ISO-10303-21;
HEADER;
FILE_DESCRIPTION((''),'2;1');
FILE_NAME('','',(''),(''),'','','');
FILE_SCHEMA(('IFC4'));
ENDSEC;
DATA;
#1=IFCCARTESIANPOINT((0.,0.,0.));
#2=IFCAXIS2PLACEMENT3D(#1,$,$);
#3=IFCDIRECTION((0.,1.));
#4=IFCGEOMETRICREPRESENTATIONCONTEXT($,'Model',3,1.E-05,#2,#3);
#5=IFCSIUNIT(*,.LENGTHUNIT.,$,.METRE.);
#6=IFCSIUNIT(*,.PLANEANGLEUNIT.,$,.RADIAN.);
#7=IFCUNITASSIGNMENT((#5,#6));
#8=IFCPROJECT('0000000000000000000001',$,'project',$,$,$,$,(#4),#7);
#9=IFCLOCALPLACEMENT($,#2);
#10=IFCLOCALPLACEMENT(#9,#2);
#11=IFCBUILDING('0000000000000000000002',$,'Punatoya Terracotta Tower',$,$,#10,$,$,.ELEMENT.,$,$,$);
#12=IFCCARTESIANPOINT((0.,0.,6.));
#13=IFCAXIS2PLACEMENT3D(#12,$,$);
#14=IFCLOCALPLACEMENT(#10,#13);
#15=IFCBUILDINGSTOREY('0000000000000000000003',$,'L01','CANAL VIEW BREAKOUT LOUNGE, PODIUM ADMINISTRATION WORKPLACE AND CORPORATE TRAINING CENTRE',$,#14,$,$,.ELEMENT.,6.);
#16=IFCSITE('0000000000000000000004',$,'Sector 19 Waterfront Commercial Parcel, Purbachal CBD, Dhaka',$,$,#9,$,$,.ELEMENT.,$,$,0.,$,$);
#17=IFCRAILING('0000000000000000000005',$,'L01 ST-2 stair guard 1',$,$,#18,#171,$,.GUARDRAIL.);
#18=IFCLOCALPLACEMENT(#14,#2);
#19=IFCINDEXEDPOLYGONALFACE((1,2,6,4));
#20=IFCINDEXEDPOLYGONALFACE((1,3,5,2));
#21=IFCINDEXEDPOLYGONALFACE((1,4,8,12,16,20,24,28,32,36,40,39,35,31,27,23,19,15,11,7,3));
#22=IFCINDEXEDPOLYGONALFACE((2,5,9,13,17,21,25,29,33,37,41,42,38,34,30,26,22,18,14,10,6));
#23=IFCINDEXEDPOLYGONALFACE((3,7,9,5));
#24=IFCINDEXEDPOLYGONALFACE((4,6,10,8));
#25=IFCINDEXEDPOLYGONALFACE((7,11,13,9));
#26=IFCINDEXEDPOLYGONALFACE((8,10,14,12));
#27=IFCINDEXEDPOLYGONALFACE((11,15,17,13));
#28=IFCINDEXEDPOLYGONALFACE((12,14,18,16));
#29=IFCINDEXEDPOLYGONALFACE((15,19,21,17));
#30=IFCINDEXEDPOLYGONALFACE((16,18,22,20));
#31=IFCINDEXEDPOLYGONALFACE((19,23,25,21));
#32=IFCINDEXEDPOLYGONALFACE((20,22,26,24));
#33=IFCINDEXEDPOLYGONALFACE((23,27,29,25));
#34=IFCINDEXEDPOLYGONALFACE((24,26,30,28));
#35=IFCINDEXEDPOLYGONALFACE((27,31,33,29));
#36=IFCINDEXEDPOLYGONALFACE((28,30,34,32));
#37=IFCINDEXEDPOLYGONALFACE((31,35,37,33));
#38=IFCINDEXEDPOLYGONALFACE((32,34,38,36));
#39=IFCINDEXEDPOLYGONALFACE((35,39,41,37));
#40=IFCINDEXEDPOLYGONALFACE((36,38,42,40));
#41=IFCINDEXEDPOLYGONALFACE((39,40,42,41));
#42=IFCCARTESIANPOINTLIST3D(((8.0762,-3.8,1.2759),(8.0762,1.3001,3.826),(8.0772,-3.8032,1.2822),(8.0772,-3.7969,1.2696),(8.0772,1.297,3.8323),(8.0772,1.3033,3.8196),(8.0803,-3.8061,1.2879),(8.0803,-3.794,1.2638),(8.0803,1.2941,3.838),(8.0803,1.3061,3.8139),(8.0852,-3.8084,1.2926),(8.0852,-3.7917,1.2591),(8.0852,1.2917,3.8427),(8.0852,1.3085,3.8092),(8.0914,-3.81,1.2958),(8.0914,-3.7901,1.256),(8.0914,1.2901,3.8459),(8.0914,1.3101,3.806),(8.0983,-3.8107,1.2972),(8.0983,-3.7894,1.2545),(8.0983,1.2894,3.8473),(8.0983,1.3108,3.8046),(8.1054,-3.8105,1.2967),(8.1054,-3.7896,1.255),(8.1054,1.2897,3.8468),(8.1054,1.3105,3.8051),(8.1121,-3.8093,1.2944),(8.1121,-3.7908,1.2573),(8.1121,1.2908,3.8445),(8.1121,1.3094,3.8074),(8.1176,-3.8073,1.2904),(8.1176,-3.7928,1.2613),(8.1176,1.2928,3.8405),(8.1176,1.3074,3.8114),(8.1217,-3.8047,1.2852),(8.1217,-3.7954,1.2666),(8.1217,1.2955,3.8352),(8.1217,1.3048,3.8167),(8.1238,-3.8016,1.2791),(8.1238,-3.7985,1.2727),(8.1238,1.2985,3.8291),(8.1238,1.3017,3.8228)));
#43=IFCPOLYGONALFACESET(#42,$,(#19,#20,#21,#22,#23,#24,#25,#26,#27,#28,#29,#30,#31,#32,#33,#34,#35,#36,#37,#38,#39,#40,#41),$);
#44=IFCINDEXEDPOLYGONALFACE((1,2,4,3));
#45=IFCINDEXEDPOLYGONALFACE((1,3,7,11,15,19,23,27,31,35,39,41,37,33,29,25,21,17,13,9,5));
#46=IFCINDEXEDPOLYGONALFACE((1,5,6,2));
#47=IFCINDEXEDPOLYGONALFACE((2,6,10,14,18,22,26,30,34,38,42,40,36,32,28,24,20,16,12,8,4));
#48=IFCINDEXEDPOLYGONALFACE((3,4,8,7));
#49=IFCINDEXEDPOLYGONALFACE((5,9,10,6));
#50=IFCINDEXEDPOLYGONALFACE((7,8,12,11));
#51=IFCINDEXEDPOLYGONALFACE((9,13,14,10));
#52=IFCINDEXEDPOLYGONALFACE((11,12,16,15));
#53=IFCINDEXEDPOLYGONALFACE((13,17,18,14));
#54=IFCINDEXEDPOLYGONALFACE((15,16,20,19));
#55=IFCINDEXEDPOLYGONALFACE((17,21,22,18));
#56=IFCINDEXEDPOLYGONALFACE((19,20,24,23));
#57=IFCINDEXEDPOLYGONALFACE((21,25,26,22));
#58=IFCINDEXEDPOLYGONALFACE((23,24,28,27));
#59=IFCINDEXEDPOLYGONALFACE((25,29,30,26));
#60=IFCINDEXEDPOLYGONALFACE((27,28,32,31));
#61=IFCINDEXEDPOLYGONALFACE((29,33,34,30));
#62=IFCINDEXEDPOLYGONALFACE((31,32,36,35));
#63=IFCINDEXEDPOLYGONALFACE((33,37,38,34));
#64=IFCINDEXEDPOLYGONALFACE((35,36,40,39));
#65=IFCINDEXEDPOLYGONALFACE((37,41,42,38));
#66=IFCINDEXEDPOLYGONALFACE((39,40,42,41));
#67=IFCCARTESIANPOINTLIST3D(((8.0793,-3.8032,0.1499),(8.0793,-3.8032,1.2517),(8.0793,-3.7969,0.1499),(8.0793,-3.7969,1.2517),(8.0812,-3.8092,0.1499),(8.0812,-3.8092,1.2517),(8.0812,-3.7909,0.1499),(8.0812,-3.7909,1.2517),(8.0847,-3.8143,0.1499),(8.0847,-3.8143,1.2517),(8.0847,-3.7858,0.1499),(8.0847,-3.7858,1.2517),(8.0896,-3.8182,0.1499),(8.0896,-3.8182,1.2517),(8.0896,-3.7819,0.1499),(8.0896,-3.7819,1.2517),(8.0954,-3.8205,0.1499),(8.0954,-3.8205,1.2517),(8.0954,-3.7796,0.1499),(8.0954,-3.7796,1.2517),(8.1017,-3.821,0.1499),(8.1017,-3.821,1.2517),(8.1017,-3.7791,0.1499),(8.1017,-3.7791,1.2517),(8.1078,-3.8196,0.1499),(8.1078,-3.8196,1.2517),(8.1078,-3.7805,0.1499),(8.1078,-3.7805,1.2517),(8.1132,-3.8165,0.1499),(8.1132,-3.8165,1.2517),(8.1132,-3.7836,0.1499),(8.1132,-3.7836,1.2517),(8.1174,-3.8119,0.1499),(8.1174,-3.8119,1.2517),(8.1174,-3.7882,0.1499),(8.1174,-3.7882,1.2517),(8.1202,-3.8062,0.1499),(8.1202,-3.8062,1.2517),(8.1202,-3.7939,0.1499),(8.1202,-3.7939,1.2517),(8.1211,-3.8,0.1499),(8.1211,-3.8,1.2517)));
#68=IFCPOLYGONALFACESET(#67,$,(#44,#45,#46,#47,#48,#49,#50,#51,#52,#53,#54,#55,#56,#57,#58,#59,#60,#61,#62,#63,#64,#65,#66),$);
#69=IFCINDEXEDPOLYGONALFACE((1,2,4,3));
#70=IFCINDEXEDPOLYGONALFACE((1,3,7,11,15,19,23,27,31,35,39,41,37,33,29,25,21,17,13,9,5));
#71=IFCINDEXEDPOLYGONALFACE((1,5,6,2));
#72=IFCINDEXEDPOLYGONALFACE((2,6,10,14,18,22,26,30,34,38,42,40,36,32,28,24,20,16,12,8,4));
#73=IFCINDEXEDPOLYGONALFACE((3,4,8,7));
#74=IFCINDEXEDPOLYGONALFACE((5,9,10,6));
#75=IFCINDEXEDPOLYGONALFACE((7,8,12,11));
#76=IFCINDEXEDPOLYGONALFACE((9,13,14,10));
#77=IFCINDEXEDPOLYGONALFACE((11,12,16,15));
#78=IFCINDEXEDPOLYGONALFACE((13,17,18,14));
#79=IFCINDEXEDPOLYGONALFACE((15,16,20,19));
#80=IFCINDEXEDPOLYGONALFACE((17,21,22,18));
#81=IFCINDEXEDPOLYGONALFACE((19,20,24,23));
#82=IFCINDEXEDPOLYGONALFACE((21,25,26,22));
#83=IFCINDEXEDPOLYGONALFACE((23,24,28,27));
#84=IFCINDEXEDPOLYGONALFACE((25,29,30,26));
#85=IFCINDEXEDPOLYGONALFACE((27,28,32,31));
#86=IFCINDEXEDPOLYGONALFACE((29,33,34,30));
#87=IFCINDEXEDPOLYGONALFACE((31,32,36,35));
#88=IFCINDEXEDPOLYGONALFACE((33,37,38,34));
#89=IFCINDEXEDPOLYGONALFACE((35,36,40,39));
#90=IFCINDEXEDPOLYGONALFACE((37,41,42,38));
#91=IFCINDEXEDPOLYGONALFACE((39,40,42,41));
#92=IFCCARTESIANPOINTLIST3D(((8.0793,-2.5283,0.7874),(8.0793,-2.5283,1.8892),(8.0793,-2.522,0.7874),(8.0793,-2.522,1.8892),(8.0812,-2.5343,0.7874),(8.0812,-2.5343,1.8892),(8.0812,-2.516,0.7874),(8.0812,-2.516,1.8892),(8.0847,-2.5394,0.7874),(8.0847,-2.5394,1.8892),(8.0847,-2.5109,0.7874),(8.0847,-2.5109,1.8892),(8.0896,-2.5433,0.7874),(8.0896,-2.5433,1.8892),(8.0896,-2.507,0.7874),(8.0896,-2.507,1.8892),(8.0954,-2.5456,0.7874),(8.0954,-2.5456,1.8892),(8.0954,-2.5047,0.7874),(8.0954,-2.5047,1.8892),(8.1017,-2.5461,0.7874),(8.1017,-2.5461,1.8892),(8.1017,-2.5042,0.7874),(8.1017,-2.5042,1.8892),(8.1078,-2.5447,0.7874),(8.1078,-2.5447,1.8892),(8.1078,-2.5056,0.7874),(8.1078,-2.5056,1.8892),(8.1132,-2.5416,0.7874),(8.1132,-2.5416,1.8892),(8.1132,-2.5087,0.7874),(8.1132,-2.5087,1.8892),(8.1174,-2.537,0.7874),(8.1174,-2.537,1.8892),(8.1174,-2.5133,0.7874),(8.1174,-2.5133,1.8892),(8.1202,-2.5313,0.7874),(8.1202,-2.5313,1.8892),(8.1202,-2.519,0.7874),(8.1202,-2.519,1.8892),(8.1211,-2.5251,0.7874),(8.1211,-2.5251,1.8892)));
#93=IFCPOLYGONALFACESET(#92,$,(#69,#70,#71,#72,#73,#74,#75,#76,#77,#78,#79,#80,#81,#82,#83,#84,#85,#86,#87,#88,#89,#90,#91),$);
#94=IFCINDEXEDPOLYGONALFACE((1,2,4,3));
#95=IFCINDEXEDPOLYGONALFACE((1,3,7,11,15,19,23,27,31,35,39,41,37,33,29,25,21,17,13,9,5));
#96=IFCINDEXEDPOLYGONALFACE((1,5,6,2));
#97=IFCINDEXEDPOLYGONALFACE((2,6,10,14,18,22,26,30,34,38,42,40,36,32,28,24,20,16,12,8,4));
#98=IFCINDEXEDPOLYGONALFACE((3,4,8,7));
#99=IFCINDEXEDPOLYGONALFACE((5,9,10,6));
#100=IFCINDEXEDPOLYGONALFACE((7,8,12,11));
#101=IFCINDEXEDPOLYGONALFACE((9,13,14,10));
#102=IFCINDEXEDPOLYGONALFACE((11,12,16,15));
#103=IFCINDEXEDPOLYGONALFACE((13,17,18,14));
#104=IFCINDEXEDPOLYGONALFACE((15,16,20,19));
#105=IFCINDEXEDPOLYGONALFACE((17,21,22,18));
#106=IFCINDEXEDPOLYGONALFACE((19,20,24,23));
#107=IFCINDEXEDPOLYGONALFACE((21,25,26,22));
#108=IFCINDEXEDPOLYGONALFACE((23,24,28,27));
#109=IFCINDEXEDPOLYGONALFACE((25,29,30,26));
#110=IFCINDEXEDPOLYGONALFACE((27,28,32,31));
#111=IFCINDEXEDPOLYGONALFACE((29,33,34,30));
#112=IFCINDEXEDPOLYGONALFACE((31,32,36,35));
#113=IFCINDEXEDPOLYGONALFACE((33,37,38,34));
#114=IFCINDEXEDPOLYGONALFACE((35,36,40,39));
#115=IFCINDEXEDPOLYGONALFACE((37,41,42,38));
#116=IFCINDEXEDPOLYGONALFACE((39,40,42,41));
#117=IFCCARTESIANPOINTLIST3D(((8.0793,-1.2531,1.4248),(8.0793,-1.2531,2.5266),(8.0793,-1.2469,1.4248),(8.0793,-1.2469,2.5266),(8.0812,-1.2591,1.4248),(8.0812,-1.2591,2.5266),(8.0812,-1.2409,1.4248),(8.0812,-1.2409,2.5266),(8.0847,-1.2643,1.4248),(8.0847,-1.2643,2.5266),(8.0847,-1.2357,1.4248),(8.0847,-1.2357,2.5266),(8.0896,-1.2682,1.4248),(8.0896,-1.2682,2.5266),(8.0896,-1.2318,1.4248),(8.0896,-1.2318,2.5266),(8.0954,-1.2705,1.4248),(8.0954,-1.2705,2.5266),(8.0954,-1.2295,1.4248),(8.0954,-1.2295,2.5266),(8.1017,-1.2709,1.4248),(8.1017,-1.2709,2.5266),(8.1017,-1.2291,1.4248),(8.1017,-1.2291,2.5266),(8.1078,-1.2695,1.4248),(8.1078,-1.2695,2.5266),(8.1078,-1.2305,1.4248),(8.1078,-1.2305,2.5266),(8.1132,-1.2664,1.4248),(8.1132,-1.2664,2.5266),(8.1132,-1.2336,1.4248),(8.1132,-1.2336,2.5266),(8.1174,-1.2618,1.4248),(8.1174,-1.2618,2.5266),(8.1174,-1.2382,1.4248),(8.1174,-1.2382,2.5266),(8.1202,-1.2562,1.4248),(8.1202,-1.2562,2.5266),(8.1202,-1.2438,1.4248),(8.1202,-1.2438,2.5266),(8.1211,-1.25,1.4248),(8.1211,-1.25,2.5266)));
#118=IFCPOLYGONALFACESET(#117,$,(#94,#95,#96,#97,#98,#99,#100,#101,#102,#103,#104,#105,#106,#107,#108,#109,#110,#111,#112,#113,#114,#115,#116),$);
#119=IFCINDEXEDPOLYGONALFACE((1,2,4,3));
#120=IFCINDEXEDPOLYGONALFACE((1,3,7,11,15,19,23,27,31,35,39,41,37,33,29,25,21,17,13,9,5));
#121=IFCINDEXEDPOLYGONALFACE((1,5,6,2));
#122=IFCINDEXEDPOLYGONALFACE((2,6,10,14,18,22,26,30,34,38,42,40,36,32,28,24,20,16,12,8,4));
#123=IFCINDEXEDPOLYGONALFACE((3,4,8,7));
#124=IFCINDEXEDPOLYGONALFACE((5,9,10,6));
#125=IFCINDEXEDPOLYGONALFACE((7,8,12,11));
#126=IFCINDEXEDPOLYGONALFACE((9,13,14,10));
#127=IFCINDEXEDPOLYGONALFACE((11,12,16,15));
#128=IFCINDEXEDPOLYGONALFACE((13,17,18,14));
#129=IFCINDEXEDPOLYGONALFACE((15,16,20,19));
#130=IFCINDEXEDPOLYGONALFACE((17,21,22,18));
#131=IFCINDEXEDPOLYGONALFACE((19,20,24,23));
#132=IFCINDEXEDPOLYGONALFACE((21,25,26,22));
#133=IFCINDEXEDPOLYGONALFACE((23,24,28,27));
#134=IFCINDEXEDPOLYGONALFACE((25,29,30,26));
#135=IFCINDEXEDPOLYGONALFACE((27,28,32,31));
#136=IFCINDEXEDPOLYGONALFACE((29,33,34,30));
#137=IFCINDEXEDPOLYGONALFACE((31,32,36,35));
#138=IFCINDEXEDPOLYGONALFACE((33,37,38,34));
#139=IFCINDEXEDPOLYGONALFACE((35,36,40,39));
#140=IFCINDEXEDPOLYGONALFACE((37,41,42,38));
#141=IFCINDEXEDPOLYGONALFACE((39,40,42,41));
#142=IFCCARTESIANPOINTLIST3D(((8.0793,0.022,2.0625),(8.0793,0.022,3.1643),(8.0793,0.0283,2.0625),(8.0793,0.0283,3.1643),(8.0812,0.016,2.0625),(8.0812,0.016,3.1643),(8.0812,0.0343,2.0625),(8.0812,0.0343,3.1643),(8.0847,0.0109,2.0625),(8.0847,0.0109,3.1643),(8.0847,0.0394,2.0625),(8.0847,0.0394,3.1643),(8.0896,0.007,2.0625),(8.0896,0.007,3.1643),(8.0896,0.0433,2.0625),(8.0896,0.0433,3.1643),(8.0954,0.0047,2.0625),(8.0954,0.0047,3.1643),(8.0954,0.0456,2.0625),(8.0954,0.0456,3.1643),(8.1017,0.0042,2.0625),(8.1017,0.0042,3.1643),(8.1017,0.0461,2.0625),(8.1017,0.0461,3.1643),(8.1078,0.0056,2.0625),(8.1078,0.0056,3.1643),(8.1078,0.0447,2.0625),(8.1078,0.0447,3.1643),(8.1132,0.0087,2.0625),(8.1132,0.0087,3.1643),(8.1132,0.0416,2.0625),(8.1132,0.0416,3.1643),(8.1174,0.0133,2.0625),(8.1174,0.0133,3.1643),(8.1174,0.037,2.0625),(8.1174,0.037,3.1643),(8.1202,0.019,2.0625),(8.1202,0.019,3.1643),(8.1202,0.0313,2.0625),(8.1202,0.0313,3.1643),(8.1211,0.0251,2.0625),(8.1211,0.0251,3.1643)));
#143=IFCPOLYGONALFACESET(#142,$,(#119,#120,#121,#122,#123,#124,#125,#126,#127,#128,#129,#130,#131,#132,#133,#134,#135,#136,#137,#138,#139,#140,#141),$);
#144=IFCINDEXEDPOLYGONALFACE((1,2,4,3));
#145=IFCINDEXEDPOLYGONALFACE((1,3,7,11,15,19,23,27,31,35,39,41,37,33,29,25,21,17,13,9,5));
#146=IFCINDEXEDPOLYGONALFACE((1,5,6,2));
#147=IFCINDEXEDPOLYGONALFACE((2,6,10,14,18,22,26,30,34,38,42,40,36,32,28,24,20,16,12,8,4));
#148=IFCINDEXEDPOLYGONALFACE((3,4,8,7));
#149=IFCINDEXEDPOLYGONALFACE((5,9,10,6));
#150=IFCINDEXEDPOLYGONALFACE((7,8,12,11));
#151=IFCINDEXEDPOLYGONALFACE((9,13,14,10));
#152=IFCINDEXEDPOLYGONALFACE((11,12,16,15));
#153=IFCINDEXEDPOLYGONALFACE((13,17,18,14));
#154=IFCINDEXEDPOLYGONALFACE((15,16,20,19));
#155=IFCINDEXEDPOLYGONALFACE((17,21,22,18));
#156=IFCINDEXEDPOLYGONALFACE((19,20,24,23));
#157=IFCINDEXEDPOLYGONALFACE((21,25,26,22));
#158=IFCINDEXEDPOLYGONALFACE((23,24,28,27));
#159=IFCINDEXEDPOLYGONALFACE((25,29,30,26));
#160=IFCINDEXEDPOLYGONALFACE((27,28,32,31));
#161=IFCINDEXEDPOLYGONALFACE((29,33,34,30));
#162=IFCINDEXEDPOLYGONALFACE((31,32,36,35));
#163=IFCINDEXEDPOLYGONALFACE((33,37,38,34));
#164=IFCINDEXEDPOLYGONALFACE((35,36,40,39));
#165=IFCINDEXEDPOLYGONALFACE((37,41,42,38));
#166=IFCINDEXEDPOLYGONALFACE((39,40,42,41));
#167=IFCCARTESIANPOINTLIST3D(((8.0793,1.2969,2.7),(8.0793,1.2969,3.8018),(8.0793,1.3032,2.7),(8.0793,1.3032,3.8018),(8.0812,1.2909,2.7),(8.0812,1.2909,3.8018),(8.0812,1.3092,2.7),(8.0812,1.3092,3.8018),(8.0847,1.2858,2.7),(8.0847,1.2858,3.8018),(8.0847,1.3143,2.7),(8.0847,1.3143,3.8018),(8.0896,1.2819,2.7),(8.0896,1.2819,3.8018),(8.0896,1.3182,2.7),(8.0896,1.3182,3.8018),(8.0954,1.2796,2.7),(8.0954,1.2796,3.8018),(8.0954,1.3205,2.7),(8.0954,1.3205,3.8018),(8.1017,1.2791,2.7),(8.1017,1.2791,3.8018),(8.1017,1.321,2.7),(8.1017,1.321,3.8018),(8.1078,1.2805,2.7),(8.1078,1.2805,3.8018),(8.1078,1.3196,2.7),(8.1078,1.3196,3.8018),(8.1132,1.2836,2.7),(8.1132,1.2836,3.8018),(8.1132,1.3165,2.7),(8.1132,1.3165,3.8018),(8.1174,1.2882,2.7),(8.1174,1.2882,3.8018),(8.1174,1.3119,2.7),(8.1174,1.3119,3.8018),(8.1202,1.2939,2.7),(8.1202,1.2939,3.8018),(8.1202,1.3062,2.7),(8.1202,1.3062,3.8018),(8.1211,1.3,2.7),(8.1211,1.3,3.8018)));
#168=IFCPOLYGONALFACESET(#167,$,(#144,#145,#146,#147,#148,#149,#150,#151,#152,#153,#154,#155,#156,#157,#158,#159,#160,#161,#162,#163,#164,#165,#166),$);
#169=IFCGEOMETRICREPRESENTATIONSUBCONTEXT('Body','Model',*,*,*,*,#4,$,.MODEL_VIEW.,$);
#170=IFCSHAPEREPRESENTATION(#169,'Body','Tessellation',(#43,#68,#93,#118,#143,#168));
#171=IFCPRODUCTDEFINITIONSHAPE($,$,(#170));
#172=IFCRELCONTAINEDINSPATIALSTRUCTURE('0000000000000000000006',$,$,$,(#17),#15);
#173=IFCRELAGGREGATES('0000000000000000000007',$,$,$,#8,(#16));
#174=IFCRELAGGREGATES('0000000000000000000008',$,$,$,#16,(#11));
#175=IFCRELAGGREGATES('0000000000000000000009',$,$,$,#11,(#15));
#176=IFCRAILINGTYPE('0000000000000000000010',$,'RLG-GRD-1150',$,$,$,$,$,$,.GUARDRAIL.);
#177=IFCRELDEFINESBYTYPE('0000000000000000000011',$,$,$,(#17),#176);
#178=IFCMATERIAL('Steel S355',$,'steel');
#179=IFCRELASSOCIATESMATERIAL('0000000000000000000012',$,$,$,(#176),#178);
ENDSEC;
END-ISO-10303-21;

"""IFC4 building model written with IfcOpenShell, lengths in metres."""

from ifc_helpers import new_model, si_unit, direction, frame, origin, origin_2d, place, context, subcontext, project, spatial, circle, extrude, material, type_object, element, save


model = new_model("IFC4")

# Units and contexts
model_context = context("Model", 3, precision=1e-05, world=origin(), true_north=direction((0.0, 1.0)))
body_context = subcontext(model_context, "Body", "Model", "MODEL_VIEW")
ifc_project = project(units=[si_unit("LENGTHUNIT", "METRE"), si_unit("PLANEANGLEUNIT", "RADIAN")], contexts=[model_context])

# Site, building, storey
site_placement = place(None, origin())
site = spatial("IfcSite", under=ifc_project, at=site_placement, Name="Sector 19 Waterfront Commercial Parcel, Purbachal CBD, Dhaka", CompositionType="ELEMENT", RefElevation=0.0)
building_placement = place(site_placement, origin())
building = spatial("IfcBuilding", under=site, at=building_placement, Name="Punatoya Terracotta Tower", CompositionType="ELEMENT")
storey_placement = place(building_placement, frame((0.0, 0.0, 6.0)))
storey = spatial("IfcBuildingStorey", under=building, at=storey_placement, Name="L01", Description="CANAL VIEW BREAKOUT LOUNGE, PODIUM ADMINISTRATION WORKPLACE AND CORPORATE TRAINING CENTRE", CompositionType="ELEMENT", Elevation=6.0)

# Shared definitions
ifc_material_1 = material(Name="Steel S355", Category="steel")

# Railing
railing_type_1 = type_object("IfcRailingType", Name="RLG-GRD-1150", PredefinedType="GUARDRAIL", material=ifc_material_1)
railing_1_placement = place(storey_placement, frame((8.1001, -3.8, 0.1499)))
element("IfcRailing", 1, at=railing_1_placement, inside=storey, type_object=railing_type_1, Name="L01 ST-2 stair guard 1", PredefinedType="GUARDRAIL", context=body_context, shape_type="SweptSolid", body=[
    extrude(circle(Radius=0.0239, at=origin_2d()), frame((0.0, 0.0, 1.126), z_axis=(0.0, 0.894427, 0.447214), x_axis=(-1.0, 0.0, 0.0)), (0.0, 0.0, 1.0), 5.7021),
    extrude(circle(Radius=0.021, at=origin_2d()), origin(), (0.0, 0.0, 1.0), 1.1018),
    extrude(circle(Radius=0.021, at=origin_2d()), frame((0.0, 1.2749, 0.6375)), (0.0, 0.0, 1.0), 1.1018),
    extrude(circle(Radius=0.021, at=origin_2d()), frame((0.0, 2.55, 1.2749)), (0.0, 0.0, 1.0), 1.1018),
    extrude(circle(Radius=0.021, at=origin_2d()), frame((0.0, 3.8252, 1.9126)), (0.0, 0.0, 1.0), 1.1018),
    extrude(circle(Radius=0.021, at=origin_2d()), frame((0.0, 5.1001, 2.55)), (0.0, 0.0, 1.0), 1.1018),
])

save(model, "model.ifc")
